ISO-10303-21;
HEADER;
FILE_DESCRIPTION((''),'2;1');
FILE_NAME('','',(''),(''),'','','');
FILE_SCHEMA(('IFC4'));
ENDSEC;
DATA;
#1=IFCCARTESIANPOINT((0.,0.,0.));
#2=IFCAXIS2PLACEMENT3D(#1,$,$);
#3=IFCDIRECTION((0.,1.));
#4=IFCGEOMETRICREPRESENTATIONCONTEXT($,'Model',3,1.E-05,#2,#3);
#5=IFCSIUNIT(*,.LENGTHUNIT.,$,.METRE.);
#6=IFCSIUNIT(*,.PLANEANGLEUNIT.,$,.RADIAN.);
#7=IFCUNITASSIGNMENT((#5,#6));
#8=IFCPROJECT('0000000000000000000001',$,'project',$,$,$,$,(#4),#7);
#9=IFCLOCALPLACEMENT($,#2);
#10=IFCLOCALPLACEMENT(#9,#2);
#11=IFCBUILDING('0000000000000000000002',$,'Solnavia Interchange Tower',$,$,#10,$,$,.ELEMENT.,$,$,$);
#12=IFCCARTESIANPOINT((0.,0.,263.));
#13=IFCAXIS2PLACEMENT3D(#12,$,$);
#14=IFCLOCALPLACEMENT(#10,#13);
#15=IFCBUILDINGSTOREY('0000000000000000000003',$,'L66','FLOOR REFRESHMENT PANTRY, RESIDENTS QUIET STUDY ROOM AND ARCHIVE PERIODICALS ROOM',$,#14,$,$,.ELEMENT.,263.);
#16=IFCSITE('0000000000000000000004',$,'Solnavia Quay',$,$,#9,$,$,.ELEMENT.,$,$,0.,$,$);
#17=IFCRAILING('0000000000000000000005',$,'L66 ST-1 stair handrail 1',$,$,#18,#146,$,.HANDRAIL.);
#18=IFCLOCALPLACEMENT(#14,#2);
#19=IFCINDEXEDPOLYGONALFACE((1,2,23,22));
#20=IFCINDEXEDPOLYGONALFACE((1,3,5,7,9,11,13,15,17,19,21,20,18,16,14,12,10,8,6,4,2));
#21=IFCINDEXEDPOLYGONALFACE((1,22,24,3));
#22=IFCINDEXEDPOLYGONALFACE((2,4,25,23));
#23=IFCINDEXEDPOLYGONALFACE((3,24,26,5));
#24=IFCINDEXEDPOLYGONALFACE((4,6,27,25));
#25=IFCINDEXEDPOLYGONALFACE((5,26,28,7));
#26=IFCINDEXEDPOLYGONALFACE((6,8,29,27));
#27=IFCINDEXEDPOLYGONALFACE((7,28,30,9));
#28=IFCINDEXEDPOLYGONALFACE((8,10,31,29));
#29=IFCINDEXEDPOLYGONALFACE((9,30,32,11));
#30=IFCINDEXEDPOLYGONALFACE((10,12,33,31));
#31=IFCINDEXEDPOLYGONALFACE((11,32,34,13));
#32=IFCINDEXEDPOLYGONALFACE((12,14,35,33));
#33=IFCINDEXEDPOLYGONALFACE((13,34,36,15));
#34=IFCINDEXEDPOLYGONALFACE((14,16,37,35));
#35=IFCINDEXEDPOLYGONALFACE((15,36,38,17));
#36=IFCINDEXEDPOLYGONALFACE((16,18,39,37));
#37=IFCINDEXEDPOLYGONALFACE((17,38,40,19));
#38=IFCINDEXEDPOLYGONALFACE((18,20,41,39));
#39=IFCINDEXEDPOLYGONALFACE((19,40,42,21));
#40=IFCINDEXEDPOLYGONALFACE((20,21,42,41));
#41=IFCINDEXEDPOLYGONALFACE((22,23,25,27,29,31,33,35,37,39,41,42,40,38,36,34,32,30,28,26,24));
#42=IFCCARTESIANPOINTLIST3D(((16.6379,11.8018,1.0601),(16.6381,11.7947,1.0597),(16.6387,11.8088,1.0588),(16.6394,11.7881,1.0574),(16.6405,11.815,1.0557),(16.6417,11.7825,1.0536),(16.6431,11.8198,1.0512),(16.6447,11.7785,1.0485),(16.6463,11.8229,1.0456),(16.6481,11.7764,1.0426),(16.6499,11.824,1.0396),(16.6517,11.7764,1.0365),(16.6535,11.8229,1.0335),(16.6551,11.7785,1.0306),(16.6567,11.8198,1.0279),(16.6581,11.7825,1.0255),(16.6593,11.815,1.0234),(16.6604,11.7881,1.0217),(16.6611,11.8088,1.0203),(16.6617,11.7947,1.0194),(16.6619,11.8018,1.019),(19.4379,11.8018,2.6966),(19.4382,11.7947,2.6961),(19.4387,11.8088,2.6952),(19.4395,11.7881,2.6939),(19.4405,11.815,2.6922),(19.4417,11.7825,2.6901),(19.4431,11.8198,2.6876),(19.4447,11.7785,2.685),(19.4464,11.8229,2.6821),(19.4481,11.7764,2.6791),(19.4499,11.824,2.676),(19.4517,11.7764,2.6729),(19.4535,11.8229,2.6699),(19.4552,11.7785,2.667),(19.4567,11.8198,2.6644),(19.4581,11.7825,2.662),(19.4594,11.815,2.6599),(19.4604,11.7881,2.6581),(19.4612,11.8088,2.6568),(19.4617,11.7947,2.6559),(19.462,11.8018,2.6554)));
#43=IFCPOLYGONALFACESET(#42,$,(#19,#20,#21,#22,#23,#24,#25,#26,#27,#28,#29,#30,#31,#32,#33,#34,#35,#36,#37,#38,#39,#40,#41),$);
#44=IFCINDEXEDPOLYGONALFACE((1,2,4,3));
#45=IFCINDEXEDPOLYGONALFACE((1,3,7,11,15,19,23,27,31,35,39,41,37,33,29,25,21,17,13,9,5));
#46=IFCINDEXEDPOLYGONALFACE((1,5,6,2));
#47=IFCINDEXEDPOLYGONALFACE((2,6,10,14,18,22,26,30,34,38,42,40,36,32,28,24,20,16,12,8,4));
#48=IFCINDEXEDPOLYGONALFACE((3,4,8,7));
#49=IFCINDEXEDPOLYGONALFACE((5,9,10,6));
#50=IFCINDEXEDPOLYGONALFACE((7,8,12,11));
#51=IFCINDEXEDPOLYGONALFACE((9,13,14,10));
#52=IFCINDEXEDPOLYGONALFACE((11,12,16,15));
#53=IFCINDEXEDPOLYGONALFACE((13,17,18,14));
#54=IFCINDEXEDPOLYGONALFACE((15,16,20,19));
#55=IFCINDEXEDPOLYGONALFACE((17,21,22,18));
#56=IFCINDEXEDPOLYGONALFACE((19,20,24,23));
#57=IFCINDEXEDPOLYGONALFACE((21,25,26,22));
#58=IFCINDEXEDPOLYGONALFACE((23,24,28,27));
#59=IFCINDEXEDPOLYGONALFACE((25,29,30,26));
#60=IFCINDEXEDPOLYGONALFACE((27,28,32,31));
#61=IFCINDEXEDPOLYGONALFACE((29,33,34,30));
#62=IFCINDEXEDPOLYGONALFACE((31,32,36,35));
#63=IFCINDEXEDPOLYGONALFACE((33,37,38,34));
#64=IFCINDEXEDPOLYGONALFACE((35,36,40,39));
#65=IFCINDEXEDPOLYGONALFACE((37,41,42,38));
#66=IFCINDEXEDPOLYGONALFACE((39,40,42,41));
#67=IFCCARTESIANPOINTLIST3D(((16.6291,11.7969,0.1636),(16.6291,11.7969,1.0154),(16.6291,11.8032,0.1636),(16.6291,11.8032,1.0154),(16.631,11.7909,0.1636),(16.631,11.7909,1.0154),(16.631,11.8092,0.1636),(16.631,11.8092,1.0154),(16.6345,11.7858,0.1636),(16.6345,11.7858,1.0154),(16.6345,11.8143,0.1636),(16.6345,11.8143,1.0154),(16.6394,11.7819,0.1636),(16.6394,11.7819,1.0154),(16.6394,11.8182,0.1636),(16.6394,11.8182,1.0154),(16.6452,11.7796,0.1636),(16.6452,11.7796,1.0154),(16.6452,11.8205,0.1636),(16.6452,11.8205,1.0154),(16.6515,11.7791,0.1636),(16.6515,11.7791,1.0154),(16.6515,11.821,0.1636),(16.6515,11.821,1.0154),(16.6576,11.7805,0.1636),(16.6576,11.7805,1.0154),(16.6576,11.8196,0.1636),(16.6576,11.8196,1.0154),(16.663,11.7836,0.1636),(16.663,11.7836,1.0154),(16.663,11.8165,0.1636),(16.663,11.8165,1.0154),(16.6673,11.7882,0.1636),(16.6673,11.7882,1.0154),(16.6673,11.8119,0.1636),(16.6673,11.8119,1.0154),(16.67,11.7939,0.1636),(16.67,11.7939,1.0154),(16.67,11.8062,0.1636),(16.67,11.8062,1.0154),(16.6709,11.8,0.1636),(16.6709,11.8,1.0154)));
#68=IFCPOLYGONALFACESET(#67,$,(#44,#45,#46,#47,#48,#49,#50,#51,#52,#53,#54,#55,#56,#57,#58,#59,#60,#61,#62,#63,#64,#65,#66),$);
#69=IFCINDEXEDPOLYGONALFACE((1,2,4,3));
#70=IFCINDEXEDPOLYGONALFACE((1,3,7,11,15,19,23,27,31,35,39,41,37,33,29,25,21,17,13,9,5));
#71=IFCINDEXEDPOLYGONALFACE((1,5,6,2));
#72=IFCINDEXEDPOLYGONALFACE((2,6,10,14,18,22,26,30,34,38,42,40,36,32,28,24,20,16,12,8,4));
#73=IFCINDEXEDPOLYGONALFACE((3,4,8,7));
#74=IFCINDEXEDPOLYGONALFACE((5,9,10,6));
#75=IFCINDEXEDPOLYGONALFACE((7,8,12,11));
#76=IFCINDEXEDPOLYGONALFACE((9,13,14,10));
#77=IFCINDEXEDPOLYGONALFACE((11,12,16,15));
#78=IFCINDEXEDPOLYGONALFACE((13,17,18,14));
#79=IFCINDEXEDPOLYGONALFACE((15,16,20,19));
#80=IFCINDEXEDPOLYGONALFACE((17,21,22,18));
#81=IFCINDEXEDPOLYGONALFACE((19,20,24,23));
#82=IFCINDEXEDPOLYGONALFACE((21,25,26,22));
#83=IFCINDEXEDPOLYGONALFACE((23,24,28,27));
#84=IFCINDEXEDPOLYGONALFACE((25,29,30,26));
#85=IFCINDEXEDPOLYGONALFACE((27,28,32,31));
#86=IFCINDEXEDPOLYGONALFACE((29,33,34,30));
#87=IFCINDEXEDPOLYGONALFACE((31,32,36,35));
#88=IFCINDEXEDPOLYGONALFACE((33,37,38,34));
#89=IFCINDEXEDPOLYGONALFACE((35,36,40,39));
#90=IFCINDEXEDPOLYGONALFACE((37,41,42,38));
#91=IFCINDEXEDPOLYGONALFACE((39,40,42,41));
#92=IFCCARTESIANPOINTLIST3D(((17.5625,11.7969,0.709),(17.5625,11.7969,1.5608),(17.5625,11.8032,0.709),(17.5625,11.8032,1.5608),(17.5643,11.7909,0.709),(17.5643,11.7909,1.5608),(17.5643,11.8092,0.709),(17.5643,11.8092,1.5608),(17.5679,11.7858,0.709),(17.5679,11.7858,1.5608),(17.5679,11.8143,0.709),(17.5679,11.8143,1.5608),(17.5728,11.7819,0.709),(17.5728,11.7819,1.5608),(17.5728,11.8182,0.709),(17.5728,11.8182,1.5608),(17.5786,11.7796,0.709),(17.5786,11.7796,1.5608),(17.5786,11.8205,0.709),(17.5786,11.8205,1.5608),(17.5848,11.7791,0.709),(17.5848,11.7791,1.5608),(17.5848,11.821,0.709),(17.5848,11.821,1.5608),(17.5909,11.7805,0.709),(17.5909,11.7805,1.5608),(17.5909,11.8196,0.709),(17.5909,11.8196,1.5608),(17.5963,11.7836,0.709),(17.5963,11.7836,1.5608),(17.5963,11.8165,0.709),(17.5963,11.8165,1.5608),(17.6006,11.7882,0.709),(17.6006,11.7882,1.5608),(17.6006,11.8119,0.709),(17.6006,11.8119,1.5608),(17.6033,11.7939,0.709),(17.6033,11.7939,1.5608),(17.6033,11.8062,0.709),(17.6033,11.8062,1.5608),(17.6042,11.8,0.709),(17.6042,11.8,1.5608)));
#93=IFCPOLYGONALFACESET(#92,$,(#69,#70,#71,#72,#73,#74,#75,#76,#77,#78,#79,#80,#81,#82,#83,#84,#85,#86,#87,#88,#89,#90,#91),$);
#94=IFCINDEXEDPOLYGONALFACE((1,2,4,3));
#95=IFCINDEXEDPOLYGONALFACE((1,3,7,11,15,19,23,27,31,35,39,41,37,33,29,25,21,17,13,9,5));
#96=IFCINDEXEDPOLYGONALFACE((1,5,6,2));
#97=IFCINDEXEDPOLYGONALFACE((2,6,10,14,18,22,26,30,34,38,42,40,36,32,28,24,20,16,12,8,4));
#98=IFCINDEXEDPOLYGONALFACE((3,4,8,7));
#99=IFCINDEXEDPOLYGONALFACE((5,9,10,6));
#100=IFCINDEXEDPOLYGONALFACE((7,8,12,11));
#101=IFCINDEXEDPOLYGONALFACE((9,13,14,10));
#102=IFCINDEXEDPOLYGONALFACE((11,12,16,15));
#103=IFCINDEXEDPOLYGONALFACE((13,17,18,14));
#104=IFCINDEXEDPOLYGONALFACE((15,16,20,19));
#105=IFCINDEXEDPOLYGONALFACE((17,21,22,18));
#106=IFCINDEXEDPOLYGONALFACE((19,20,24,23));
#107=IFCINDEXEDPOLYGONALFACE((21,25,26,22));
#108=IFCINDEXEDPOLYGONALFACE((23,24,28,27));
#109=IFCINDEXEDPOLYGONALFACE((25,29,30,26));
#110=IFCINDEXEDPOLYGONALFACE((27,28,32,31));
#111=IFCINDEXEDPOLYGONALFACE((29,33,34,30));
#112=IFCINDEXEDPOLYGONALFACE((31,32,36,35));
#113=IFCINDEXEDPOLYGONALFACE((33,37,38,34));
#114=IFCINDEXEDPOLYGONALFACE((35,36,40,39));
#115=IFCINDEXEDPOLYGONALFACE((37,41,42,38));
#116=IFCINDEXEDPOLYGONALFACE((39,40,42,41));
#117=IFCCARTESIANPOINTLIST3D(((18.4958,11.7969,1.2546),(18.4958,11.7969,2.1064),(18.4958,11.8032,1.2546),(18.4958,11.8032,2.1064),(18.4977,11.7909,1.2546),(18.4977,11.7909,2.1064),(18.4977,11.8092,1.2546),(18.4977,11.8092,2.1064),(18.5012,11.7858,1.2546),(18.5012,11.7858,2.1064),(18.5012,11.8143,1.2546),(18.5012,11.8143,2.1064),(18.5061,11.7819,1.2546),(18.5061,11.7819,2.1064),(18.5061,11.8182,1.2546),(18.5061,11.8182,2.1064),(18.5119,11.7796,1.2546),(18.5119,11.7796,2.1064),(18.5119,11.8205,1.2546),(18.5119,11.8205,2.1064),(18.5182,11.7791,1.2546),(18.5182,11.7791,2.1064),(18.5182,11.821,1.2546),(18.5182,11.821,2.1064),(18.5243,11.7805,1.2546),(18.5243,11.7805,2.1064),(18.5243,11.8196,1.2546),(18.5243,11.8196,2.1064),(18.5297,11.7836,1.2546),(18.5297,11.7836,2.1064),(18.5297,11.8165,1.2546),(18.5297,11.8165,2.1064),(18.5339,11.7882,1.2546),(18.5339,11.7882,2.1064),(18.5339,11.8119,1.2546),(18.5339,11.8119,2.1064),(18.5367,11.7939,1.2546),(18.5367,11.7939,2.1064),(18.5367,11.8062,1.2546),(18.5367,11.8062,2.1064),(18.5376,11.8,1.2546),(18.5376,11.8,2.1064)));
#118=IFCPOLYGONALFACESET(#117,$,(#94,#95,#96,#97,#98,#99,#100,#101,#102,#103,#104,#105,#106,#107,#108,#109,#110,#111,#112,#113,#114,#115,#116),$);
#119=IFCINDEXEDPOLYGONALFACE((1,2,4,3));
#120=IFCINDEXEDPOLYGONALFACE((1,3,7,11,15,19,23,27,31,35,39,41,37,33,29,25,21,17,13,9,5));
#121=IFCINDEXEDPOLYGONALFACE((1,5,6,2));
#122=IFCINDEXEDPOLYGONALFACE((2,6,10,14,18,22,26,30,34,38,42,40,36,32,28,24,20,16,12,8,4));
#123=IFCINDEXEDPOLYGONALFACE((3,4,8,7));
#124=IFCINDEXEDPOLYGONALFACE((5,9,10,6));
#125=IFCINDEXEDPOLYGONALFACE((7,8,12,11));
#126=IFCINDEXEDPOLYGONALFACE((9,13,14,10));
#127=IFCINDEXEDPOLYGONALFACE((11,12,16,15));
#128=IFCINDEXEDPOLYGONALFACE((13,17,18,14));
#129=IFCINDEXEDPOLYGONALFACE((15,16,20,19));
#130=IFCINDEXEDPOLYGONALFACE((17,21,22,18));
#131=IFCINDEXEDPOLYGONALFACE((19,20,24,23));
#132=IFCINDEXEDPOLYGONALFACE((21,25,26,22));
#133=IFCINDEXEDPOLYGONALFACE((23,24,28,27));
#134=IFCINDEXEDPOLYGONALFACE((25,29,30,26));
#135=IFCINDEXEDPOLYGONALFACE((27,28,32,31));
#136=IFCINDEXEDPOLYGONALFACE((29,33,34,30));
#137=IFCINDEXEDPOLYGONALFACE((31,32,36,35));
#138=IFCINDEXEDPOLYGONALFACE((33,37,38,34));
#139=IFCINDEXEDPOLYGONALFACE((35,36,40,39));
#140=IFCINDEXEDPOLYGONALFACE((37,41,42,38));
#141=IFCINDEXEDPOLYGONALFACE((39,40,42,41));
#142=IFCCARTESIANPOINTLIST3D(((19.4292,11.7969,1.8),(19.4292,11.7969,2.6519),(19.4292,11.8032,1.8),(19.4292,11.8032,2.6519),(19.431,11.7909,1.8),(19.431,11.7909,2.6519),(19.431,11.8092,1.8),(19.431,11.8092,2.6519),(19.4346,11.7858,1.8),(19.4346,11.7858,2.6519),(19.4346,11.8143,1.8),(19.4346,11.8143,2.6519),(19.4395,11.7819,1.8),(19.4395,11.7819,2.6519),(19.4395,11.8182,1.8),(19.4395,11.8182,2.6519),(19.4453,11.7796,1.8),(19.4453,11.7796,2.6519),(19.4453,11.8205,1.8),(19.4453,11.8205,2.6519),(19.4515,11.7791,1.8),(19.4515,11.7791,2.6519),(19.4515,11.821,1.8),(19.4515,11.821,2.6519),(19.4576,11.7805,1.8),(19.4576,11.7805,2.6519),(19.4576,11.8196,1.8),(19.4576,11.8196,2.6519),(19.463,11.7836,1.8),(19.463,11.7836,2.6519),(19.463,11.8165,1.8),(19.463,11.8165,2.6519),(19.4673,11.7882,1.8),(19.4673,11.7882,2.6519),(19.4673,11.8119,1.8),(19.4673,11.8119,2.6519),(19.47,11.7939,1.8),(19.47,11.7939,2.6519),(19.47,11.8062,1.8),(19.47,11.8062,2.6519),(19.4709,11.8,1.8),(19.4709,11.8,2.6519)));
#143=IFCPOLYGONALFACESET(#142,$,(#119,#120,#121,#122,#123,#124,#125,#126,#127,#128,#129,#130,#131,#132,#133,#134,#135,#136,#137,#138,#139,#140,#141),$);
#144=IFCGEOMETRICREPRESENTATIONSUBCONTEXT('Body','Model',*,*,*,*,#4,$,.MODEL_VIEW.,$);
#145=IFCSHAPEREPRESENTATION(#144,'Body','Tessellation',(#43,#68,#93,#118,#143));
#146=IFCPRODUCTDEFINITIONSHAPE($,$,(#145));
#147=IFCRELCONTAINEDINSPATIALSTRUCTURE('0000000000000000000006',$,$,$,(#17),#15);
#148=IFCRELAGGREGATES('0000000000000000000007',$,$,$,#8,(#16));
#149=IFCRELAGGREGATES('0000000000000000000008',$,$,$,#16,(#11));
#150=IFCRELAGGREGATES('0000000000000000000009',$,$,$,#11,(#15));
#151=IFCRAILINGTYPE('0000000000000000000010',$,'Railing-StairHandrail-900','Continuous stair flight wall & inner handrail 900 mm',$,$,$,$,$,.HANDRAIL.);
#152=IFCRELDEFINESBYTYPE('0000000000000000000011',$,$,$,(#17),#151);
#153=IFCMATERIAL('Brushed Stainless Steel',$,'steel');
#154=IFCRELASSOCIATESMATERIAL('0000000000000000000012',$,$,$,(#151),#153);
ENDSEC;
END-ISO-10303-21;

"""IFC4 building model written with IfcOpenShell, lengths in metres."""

from ifc_helpers import new_model, si_unit, direction, frame, origin, origin_2d, place, context, subcontext, project, spatial, circle, extrude, material, type_object, element, save


model = new_model("IFC4")

# Units and contexts
model_context = context("Model", 3, precision=1e-05, world=origin(), true_north=direction((0.0, 1.0)))
body_context = subcontext(model_context, "Body", "Model", "MODEL_VIEW")
ifc_project = project(units=[si_unit("LENGTHUNIT", "METRE"), si_unit("PLANEANGLEUNIT", "RADIAN")], contexts=[model_context])

# Site, building, storey
site_placement = place(None, origin())
site = spatial("IfcSite", under=ifc_project, at=site_placement, Name="Solnavia Quay", CompositionType="ELEMENT", RefElevation=0.0)
building_placement = place(site_placement, origin())
building = spatial("IfcBuilding", under=site, at=building_placement, Name="Solnavia Interchange Tower", CompositionType="ELEMENT")
storey_placement = place(building_placement, frame((0.0, 0.0, 263.0)))
storey = spatial("IfcBuildingStorey", under=building, at=storey_placement, Name="L66", Description="FLOOR REFRESHMENT PANTRY, RESIDENTS QUIET STUDY ROOM AND ARCHIVE PERIODICALS ROOM", CompositionType="ELEMENT", Elevation=263.0)

# Railing
ifc_material_1 = material(Name="Brushed Stainless Steel", Category="steel")
railing_type_1 = type_object("IfcRailingType", Name="Railing-StairHandrail-900", Description="Continuous stair flight wall & inner handrail 900 mm", PredefinedType="HANDRAIL", material=ifc_material_1)
railing_1_placement = place(storey_placement, frame((16.6499, 11.8, 0.1636)))
element("IfcRailing", 1, at=railing_1_placement, inside=storey, type_object=railing_type_1, Name="L66 ST-1 stair handrail 1", PredefinedType="HANDRAIL", context=body_context, shape_type="SweptSolid", body=[
    extrude(circle(Radius=0.0239, at=origin_2d()), frame((0.0, 0.0, 0.876), z_axis=(0.863361, 0.0, 0.504587), x_axis=(0.0, 1.0, 0.0)), (0.0, 0.0, 1.0), 3.2432),
    extrude(circle(Radius=0.021, at=origin_2d()), origin(), (0.0, 0.0, 1.0), 0.8518),
    extrude(circle(Radius=0.021, at=origin_2d()), frame((0.9333, 0.0, 0.5454)), (0.0, 0.0, 1.0), 0.8518),
    extrude(circle(Radius=0.021, at=origin_2d()), frame((1.8667, 0.0, 1.0911)), (0.0, 0.0, 1.0), 0.8518),
    extrude(circle(Radius=0.021, at=origin_2d()), frame((2.8, 0.0, 1.6365)), (0.0, 0.0, 1.0), 0.8518),
])

save(model, "model.ifc")
